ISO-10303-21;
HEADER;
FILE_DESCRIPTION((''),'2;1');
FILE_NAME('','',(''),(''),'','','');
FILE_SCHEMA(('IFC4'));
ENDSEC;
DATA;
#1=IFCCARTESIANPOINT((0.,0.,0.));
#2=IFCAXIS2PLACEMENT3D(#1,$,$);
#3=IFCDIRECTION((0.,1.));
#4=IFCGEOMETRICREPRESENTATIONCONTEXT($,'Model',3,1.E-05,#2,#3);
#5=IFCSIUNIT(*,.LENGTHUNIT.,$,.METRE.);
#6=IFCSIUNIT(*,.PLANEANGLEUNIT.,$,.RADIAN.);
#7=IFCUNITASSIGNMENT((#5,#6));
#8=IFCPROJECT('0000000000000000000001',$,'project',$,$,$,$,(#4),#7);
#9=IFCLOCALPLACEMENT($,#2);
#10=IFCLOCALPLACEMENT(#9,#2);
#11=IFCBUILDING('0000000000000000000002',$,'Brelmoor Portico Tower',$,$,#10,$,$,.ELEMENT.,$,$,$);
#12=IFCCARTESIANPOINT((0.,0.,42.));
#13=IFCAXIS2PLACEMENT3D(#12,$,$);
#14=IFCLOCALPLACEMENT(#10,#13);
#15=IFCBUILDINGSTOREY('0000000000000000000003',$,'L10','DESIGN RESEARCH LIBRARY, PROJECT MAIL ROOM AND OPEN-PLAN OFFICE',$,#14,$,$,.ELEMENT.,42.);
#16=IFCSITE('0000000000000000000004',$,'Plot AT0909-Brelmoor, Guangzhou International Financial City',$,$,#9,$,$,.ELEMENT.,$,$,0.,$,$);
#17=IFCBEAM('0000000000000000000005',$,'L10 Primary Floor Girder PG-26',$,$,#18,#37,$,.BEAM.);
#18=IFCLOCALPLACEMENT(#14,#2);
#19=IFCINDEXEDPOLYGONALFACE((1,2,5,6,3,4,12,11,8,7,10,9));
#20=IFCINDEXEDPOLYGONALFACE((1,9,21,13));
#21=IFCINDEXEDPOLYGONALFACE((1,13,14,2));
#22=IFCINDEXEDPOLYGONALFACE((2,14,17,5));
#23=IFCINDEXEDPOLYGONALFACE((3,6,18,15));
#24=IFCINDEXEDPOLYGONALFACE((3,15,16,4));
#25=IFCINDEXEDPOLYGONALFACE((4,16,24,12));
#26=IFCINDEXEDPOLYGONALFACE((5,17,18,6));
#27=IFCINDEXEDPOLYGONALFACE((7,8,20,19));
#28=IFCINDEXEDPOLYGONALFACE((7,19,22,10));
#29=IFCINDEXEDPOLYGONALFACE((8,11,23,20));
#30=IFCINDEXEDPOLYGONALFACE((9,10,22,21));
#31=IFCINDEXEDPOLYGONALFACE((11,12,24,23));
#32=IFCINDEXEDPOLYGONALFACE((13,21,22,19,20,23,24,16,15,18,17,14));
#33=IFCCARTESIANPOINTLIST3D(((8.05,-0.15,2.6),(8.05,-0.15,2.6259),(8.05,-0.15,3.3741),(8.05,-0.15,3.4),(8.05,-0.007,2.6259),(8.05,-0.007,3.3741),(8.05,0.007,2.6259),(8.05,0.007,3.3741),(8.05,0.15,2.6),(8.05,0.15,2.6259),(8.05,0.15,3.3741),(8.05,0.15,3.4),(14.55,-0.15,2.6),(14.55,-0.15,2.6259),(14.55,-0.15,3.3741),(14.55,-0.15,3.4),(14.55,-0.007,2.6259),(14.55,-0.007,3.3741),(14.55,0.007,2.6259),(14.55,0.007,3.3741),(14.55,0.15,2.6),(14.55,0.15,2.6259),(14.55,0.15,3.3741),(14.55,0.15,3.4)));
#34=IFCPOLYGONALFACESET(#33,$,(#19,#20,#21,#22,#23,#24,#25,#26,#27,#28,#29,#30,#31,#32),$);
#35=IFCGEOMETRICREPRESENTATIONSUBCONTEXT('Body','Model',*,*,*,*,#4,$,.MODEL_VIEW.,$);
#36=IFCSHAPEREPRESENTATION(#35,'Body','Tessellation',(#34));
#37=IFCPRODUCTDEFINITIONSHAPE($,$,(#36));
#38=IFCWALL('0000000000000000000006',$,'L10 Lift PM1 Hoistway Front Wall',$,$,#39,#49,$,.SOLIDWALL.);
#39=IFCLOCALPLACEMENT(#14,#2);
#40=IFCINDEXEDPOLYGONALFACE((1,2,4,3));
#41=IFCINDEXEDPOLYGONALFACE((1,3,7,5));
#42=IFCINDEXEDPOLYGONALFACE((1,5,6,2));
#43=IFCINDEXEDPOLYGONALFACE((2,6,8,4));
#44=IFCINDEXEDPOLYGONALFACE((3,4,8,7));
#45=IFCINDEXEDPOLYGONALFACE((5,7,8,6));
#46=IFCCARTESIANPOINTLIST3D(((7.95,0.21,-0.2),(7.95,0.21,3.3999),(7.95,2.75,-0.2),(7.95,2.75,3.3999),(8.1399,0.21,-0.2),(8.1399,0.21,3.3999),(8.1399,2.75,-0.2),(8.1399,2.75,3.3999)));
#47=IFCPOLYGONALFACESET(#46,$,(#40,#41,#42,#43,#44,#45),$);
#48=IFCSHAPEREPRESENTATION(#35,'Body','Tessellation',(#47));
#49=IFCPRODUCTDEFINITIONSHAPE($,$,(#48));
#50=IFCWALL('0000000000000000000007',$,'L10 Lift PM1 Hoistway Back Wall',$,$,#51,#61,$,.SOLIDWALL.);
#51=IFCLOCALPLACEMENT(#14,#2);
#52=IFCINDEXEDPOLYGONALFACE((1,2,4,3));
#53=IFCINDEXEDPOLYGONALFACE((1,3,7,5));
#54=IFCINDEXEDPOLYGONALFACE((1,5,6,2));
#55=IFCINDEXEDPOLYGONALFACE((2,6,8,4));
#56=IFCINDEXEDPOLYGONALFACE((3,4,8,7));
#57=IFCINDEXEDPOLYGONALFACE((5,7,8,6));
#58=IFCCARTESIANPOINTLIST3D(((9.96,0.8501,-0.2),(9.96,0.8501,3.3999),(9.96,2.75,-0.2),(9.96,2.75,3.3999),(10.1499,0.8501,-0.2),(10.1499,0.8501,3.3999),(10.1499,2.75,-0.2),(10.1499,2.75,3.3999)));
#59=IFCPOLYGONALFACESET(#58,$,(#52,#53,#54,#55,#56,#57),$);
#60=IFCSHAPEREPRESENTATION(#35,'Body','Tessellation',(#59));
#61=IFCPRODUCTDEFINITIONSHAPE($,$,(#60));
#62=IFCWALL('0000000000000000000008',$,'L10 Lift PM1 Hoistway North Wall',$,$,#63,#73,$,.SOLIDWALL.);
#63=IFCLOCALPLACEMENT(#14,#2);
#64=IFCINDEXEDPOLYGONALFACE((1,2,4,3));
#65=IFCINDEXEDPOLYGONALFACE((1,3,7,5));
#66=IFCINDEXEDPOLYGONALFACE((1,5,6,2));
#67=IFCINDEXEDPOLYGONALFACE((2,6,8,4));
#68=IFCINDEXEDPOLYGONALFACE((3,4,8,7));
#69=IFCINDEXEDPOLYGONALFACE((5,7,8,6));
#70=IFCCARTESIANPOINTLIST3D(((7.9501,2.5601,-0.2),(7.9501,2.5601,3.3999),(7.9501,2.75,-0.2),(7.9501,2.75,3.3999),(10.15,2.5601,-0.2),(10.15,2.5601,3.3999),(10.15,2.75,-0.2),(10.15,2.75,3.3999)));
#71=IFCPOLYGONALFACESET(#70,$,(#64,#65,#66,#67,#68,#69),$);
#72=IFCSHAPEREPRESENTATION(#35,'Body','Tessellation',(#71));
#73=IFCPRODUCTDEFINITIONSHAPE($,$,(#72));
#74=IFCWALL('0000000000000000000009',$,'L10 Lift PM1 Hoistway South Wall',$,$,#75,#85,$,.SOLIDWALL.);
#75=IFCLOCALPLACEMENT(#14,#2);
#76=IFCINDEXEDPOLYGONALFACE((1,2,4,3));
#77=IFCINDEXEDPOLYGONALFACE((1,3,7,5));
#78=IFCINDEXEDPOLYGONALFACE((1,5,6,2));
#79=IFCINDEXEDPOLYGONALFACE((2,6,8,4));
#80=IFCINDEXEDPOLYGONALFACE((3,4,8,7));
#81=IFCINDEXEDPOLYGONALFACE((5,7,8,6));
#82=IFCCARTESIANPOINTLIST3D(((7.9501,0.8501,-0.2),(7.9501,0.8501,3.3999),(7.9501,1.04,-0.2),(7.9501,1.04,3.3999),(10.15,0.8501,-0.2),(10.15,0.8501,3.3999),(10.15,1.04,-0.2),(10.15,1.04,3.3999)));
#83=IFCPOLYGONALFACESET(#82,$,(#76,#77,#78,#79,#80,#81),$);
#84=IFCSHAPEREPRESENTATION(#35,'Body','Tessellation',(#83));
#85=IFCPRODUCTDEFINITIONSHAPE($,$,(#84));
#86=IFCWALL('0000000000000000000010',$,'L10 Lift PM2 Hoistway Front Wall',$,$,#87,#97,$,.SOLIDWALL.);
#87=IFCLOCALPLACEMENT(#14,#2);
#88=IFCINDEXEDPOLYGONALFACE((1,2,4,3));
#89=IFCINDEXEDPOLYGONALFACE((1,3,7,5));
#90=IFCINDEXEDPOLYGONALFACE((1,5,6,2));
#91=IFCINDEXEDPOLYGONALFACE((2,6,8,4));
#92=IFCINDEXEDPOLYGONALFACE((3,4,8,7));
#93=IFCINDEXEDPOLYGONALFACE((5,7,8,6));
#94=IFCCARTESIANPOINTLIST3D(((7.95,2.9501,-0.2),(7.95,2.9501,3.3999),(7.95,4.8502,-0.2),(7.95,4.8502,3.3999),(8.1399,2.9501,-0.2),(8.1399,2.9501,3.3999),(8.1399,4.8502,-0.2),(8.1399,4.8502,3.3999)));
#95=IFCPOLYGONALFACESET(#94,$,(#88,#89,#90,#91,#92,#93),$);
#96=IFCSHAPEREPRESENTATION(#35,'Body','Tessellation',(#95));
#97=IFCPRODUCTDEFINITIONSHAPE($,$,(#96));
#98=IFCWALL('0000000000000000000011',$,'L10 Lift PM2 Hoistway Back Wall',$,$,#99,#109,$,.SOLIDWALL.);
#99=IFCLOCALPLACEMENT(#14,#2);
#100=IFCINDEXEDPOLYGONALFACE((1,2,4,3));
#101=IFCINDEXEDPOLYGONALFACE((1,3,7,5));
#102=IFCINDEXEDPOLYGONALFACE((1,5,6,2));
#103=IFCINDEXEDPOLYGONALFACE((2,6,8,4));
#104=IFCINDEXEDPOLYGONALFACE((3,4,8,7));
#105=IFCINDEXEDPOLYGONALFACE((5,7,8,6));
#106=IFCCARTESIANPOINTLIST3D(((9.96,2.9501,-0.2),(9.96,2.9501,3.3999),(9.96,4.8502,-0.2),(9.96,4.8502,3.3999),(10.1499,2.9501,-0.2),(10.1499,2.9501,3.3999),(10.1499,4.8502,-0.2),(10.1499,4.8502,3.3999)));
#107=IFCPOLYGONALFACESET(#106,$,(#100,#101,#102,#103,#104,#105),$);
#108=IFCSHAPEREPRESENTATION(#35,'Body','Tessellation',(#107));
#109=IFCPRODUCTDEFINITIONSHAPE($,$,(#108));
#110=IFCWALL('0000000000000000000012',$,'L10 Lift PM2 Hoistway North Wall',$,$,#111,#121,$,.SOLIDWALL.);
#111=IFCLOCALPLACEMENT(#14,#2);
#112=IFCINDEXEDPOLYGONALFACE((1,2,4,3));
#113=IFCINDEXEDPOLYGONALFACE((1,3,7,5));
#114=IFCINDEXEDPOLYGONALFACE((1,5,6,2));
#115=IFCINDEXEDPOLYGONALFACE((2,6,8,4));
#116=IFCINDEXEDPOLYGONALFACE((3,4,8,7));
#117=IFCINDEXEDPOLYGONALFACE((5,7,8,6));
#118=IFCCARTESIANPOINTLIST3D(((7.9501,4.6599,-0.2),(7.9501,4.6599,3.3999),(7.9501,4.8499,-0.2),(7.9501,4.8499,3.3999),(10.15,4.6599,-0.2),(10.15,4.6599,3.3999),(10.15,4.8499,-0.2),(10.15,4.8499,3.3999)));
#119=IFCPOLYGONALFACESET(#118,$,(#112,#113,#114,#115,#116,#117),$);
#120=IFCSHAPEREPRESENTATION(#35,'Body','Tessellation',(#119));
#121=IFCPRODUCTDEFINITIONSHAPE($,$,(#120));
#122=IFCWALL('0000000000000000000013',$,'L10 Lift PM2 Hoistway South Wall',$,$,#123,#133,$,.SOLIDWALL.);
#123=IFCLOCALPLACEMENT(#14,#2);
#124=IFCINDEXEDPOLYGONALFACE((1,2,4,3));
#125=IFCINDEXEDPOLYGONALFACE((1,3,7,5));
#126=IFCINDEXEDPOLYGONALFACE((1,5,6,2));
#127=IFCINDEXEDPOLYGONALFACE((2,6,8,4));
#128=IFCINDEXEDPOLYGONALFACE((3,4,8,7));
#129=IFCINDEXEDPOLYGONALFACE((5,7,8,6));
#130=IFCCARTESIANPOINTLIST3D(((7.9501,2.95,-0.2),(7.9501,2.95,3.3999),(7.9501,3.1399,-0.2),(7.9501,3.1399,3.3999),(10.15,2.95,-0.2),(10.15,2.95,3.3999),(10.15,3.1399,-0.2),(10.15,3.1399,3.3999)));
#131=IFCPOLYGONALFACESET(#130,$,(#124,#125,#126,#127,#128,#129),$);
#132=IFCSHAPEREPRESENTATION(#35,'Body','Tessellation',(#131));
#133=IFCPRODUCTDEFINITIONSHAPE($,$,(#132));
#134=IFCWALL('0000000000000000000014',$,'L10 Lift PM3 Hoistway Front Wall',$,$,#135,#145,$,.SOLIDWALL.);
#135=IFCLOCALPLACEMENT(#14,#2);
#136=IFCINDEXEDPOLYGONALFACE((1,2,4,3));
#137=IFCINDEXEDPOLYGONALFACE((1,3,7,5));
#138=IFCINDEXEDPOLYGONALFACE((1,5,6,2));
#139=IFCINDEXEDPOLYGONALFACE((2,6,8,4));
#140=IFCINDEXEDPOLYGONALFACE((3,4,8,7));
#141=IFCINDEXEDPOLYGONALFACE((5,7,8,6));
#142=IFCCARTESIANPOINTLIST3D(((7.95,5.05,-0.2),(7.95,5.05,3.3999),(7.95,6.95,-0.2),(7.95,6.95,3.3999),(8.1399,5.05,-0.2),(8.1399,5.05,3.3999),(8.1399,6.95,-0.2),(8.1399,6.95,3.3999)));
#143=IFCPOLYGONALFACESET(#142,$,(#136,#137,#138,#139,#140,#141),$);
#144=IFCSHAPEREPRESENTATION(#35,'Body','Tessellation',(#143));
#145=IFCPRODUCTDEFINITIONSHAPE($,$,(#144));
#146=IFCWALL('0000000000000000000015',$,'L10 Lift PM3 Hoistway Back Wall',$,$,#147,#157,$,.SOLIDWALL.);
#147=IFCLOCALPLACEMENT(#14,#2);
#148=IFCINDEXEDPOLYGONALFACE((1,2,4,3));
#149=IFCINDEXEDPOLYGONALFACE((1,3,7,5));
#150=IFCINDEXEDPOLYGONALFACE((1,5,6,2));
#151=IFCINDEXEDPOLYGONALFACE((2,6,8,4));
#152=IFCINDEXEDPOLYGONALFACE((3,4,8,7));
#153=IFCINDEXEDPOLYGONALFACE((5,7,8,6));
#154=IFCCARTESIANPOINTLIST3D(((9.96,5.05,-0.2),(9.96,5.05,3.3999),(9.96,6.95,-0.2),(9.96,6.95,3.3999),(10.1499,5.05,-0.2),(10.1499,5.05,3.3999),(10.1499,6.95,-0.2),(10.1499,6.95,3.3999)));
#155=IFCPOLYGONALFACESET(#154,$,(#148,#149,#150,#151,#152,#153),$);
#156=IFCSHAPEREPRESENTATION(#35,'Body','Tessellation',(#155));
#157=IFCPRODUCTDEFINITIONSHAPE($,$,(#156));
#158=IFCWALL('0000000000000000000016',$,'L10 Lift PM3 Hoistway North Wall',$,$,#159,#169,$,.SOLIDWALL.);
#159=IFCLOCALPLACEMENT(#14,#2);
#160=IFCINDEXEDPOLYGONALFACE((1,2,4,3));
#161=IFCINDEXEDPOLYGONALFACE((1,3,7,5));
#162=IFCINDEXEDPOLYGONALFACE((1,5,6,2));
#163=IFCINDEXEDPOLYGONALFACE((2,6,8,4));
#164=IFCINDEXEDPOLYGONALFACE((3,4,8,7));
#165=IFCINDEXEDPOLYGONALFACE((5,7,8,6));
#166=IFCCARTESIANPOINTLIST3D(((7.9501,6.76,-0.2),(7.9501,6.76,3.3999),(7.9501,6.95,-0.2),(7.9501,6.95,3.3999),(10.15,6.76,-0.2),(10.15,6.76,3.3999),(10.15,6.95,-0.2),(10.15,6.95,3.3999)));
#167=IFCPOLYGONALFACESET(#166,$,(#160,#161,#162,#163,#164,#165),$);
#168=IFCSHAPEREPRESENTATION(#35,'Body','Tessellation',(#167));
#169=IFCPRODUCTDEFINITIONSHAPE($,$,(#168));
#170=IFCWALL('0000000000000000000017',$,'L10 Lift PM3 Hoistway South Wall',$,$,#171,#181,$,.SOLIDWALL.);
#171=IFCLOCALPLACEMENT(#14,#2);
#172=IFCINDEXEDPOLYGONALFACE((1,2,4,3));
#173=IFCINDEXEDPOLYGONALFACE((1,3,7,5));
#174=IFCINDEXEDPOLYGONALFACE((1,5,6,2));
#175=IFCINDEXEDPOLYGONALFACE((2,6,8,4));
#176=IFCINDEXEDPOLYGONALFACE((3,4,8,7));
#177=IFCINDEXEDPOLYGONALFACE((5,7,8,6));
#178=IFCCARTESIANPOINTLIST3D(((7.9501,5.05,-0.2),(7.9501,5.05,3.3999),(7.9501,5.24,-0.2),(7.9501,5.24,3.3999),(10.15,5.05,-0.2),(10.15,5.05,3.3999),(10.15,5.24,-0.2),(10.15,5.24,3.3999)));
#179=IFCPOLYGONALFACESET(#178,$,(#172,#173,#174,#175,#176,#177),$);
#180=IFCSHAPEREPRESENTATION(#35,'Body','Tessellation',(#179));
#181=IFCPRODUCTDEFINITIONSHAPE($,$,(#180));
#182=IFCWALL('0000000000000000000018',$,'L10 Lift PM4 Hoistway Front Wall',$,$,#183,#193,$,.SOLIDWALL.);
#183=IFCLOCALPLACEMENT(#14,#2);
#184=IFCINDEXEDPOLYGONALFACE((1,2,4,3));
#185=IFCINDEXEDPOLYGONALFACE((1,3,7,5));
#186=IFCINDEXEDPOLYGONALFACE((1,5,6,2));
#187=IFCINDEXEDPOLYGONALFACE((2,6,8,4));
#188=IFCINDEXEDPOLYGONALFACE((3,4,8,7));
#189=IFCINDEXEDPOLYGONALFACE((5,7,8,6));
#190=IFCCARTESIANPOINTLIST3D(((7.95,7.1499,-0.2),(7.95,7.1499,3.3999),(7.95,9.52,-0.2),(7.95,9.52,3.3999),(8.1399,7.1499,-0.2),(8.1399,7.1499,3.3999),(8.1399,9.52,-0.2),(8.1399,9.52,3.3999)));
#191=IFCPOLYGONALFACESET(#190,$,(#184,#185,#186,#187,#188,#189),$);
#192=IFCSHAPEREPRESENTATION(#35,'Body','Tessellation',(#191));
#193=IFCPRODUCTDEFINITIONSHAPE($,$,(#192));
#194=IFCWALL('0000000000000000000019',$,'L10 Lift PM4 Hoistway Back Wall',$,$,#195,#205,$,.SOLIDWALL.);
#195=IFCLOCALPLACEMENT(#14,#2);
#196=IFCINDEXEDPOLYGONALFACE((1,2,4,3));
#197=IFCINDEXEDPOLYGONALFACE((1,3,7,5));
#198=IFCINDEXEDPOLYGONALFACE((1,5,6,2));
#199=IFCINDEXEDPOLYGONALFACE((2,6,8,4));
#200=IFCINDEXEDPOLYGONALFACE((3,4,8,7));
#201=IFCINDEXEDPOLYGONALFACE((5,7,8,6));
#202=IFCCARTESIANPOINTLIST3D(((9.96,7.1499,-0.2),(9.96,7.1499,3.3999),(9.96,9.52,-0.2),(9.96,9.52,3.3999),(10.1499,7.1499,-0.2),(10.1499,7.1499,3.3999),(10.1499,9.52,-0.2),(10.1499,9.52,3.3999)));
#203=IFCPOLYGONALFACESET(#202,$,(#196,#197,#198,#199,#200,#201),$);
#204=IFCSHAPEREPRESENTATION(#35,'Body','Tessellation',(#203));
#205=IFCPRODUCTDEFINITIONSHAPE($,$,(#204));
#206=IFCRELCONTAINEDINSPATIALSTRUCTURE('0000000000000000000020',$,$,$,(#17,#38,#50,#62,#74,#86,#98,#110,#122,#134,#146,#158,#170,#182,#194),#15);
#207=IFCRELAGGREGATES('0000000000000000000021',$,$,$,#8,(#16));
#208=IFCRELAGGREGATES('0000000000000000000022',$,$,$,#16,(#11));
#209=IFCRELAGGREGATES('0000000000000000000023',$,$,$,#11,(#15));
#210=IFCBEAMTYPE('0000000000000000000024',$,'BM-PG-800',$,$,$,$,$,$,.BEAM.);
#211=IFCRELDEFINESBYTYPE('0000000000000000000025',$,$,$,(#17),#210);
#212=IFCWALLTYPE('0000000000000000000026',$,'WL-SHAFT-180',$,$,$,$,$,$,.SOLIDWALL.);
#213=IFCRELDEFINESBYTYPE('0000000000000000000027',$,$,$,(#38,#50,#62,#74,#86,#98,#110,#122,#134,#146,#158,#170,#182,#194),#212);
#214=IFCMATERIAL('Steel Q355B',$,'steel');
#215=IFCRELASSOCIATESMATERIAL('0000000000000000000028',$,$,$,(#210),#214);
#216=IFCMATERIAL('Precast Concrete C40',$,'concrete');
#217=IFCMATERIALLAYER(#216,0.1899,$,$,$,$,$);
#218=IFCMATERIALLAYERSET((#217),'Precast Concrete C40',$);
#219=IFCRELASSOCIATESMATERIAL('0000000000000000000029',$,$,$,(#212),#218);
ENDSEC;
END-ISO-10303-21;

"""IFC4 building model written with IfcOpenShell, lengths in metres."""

from ifc_helpers import new_model, si_unit, direction, frame, frame_2d, origin, origin_2d, place, context, subcontext, project, spatial, rectangle, i_section, extrude, material, layer, layer_set, material_profile, profile_set, type_object, element, save


model = new_model("IFC4")

# Units and contexts
model_context = context("Model", 3, precision=1e-05, world=origin(), true_north=direction((0.0, 1.0)))
body_context = subcontext(model_context, "Body", "Model", "MODEL_VIEW")
ifc_project = project(units=[si_unit("LENGTHUNIT", "METRE"), si_unit("PLANEANGLEUNIT", "RADIAN")], contexts=[model_context])

# Site, building, storey
site_placement = place(None, origin())
site = spatial("IfcSite", under=ifc_project, at=site_placement, Name="Plot AT0909-Brelmoor, Guangzhou International Financial City", CompositionType="ELEMENT", RefElevation=0.0)
building_placement = place(site_placement, origin())
building = spatial("IfcBuilding", under=site, at=building_placement, Name="Brelmoor Portico Tower", CompositionType="ELEMENT")
storey_placement = place(building_placement, frame((0.0, 0.0, 42.0)))
storey = spatial("IfcBuildingStorey", under=building, at=storey_placement, Name="L10", Description="DESIGN RESEARCH LIBRARY, PROJECT MAIL ROOM AND OPEN-PLAN OFFICE", CompositionType="ELEMENT", Elevation=42.0)

# Beam
ifc_material_1 = material(Name="Steel Q355B", Category="steel")
ifc_material_profile = material_profile(ifc_material_1, i_section(OverallWidth=0.3, OverallDepth=0.8, WebThickness=0.0139, FlangeThickness=0.0259, at=origin_2d()), Name="HN 800x300x14x26")
ifc_profile_set = profile_set([ifc_material_profile], Name="Steel Q355B")
beam_type = type_object("IfcBeamType", Name="BM-PG-800", PredefinedType="BEAM", material=ifc_profile_set)
beam_placement = place(storey_placement, frame((8.05, 0.0, 3.0), z_axis=(1.0, 0.0, 0.0), x_axis=(0.0, 1.0, 0.0)))
element("IfcBeam", 1, at=beam_placement, inside=storey, type_object=beam_type, Name="L10 Primary Floor Girder PG-26", PredefinedType="BEAM", context=body_context, shape_type="SweptSolid", body=[
    extrude(i_section(OverallWidth=0.3, OverallDepth=0.8, WebThickness=0.0139, FlangeThickness=0.0259, at=origin_2d()), origin(), (0.0, 0.0, 1.0), 6.5),
])

# Walls
ifc_material_2 = material(Name="Precast Concrete C40", Category="concrete")
ifc_layer_1 = layer(ifc_material_2, 0.1899)
ifc_layer_set_1 = layer_set([ifc_layer_1], Name="Precast Concrete C40")
wall_type_1 = type_object("IfcWallType", Name="WL-SHAFT-180", PredefinedType="SOLIDWALL", material=ifc_layer_set_1)
wall_1_placement = place(storey_placement, frame((8.0449, 0.21, -0.2), z_axis=(0.0, 0.0, 1.0), x_axis=(0.0, 1.0, 0.0)))
element("IfcWall", 2, at=wall_1_placement, inside=storey, type_object=wall_type_1, Name="L10 Lift PM1 Hoistway Front Wall", PredefinedType="SOLIDWALL", context=body_context, shape_type="SweptSolid", body=[
    extrude(rectangle(XDim=2.54, YDim=0.1899, at=frame_2d((1.27, 0.0))), origin(), (0.0, 0.0, 1.0), 3.5999),
])
wall_2_placement = place(storey_placement, frame((10.0549, 0.8501, -0.2), z_axis=(0.0, 0.0, 1.0), x_axis=(0.0, 1.0, 0.0)))
element("IfcWall", 3, at=wall_2_placement, inside=storey, type_object=wall_type_1, Name="L10 Lift PM1 Hoistway Back Wall", PredefinedType="SOLIDWALL", context=body_context, shape_type="SweptSolid", body=[
    extrude(rectangle(XDim=1.8999, YDim=0.1899, at=frame_2d((0.95, 0.0))), origin(), (0.0, 0.0, 1.0), 3.5999),
])
for number, where, z_axis, x_axis, name in (
    (4, (7.95, 2.655, -0.2), (0.0, 0.0, 1.0), (1.0, 0.0, 0.0), "L10 Lift PM1 Hoistway North Wall"),
    (5, (7.95, 0.9451, -0.2), (0.0, 0.0, 1.0), (1.0, 0.0, 0.0), "L10 Lift PM1 Hoistway South Wall"),
):
    element("IfcWall", number, at=place(storey_placement, frame(where, z_axis=z_axis, x_axis=x_axis)), inside=storey, type_object=wall_type_1, Name=name, PredefinedType="SOLIDWALL", context=body_context, shape_type="SweptSolid", body=[
        extrude(rectangle(XDim=2.2, YDim=0.1899, at=frame_2d((1.1001, 0.0))), origin(), (0.0, 0.0, 1.0), 3.5999),
    ])
for number, where, z_axis, x_axis, name in (
    (6, (8.0449, 2.95, -0.2), (0.0, 0.0, 1.0), (0.0, 1.0, 0.0), "L10 Lift PM2 Hoistway Front Wall"),
    (7, (10.0549, 2.95, -0.2), (0.0, 0.0, 1.0), (0.0, 1.0, 0.0), "L10 Lift PM2 Hoistway Back Wall"),
):
    element("IfcWall", number, at=place(storey_placement, frame(where, z_axis=z_axis, x_axis=x_axis)), inside=storey, type_object=wall_type_1, Name=name, PredefinedType="SOLIDWALL", context=body_context, shape_type="SweptSolid", body=[
        extrude(rectangle(XDim=1.9001, YDim=0.1899, at=frame_2d((0.9502, 0.0))), origin(), (0.0, 0.0, 1.0), 3.5999),
    ])
for number, where, z_axis, x_axis, name in (
    (8, (7.95, 4.7549, -0.2), (0.0, 0.0, 1.0), (1.0, 0.0, 0.0), "L10 Lift PM2 Hoistway North Wall"),
    (9, (7.95, 3.0449, -0.2), (0.0, 0.0, 1.0), (1.0, 0.0, 0.0), "L10 Lift PM2 Hoistway South Wall"),
):
    element("IfcWall", number, at=place(storey_placement, frame(where, z_axis=z_axis, x_axis=x_axis)), inside=storey, type_object=wall_type_1, Name=name, PredefinedType="SOLIDWALL", context=body_context, shape_type="SweptSolid", body=[
        extrude(rectangle(XDim=2.2, YDim=0.1899, at=frame_2d((1.1001, 0.0))), origin(), (0.0, 0.0, 1.0), 3.5999),
    ])
for number, where, z_axis, x_axis, name in (
    (10, (8.0449, 5.05, -0.2), (0.0, 0.0, 1.0), (0.0, 1.0, 0.0), "L10 Lift PM3 Hoistway Front Wall"),
    (11, (10.0549, 5.05, -0.2), (0.0, 0.0, 1.0), (0.0, 1.0, 0.0), "L10 Lift PM3 Hoistway Back Wall"),
):
    element("IfcWall", number, at=place(storey_placement, frame(where, z_axis=z_axis, x_axis=x_axis)), inside=storey, type_object=wall_type_1, Name=name, PredefinedType="SOLIDWALL", context=body_context, shape_type="SweptSolid", body=[
        extrude(rectangle(XDim=1.8999, YDim=0.1899, at=frame_2d((0.95, 0.0))), origin(), (0.0, 0.0, 1.0), 3.5999),
    ])
for number, where, z_axis, x_axis, name in (
    (12, (7.95, 6.855, -0.2), (0.0, 0.0, 1.0), (1.0, 0.0, 0.0), "L10 Lift PM3 Hoistway North Wall"),
    (13, (7.95, 5.145, -0.2), (0.0, 0.0, 1.0), (1.0, 0.0, 0.0), "L10 Lift PM3 Hoistway South Wall"),
):
    element("IfcWall", number, at=place(storey_placement, frame(where, z_axis=z_axis, x_axis=x_axis)), inside=storey, type_object=wall_type_1, Name=name, PredefinedType="SOLIDWALL", context=body_context, shape_type="SweptSolid", body=[
        extrude(rectangle(XDim=2.2, YDim=0.1899, at=frame_2d((1.1001, 0.0))), origin(), (0.0, 0.0, 1.0), 3.5999),
    ])
for number, where, z_axis, x_axis, name in (
    (14, (8.0449, 7.1499, -0.2), (0.0, 0.0, 1.0), (0.0, 1.0, 0.0), "L10 Lift PM4 Hoistway Front Wall"),
    (15, (10.0549, 7.1499, -0.2), (0.0, 0.0, 1.0), (0.0, 1.0, 0.0), "L10 Lift PM4 Hoistway Back Wall"),
):
    element("IfcWall", number, at=place(storey_placement, frame(where, z_axis=z_axis, x_axis=x_axis)), inside=storey, type_object=wall_type_1, Name=name, PredefinedType="SOLIDWALL", context=body_context, shape_type="SweptSolid", body=[
        extrude(rectangle(XDim=2.3701, YDim=0.1899, at=frame_2d((1.1851, 0.0))), origin(), (0.0, 0.0, 1.0), 3.5999),
    ])

save(model, "model.ifc")
